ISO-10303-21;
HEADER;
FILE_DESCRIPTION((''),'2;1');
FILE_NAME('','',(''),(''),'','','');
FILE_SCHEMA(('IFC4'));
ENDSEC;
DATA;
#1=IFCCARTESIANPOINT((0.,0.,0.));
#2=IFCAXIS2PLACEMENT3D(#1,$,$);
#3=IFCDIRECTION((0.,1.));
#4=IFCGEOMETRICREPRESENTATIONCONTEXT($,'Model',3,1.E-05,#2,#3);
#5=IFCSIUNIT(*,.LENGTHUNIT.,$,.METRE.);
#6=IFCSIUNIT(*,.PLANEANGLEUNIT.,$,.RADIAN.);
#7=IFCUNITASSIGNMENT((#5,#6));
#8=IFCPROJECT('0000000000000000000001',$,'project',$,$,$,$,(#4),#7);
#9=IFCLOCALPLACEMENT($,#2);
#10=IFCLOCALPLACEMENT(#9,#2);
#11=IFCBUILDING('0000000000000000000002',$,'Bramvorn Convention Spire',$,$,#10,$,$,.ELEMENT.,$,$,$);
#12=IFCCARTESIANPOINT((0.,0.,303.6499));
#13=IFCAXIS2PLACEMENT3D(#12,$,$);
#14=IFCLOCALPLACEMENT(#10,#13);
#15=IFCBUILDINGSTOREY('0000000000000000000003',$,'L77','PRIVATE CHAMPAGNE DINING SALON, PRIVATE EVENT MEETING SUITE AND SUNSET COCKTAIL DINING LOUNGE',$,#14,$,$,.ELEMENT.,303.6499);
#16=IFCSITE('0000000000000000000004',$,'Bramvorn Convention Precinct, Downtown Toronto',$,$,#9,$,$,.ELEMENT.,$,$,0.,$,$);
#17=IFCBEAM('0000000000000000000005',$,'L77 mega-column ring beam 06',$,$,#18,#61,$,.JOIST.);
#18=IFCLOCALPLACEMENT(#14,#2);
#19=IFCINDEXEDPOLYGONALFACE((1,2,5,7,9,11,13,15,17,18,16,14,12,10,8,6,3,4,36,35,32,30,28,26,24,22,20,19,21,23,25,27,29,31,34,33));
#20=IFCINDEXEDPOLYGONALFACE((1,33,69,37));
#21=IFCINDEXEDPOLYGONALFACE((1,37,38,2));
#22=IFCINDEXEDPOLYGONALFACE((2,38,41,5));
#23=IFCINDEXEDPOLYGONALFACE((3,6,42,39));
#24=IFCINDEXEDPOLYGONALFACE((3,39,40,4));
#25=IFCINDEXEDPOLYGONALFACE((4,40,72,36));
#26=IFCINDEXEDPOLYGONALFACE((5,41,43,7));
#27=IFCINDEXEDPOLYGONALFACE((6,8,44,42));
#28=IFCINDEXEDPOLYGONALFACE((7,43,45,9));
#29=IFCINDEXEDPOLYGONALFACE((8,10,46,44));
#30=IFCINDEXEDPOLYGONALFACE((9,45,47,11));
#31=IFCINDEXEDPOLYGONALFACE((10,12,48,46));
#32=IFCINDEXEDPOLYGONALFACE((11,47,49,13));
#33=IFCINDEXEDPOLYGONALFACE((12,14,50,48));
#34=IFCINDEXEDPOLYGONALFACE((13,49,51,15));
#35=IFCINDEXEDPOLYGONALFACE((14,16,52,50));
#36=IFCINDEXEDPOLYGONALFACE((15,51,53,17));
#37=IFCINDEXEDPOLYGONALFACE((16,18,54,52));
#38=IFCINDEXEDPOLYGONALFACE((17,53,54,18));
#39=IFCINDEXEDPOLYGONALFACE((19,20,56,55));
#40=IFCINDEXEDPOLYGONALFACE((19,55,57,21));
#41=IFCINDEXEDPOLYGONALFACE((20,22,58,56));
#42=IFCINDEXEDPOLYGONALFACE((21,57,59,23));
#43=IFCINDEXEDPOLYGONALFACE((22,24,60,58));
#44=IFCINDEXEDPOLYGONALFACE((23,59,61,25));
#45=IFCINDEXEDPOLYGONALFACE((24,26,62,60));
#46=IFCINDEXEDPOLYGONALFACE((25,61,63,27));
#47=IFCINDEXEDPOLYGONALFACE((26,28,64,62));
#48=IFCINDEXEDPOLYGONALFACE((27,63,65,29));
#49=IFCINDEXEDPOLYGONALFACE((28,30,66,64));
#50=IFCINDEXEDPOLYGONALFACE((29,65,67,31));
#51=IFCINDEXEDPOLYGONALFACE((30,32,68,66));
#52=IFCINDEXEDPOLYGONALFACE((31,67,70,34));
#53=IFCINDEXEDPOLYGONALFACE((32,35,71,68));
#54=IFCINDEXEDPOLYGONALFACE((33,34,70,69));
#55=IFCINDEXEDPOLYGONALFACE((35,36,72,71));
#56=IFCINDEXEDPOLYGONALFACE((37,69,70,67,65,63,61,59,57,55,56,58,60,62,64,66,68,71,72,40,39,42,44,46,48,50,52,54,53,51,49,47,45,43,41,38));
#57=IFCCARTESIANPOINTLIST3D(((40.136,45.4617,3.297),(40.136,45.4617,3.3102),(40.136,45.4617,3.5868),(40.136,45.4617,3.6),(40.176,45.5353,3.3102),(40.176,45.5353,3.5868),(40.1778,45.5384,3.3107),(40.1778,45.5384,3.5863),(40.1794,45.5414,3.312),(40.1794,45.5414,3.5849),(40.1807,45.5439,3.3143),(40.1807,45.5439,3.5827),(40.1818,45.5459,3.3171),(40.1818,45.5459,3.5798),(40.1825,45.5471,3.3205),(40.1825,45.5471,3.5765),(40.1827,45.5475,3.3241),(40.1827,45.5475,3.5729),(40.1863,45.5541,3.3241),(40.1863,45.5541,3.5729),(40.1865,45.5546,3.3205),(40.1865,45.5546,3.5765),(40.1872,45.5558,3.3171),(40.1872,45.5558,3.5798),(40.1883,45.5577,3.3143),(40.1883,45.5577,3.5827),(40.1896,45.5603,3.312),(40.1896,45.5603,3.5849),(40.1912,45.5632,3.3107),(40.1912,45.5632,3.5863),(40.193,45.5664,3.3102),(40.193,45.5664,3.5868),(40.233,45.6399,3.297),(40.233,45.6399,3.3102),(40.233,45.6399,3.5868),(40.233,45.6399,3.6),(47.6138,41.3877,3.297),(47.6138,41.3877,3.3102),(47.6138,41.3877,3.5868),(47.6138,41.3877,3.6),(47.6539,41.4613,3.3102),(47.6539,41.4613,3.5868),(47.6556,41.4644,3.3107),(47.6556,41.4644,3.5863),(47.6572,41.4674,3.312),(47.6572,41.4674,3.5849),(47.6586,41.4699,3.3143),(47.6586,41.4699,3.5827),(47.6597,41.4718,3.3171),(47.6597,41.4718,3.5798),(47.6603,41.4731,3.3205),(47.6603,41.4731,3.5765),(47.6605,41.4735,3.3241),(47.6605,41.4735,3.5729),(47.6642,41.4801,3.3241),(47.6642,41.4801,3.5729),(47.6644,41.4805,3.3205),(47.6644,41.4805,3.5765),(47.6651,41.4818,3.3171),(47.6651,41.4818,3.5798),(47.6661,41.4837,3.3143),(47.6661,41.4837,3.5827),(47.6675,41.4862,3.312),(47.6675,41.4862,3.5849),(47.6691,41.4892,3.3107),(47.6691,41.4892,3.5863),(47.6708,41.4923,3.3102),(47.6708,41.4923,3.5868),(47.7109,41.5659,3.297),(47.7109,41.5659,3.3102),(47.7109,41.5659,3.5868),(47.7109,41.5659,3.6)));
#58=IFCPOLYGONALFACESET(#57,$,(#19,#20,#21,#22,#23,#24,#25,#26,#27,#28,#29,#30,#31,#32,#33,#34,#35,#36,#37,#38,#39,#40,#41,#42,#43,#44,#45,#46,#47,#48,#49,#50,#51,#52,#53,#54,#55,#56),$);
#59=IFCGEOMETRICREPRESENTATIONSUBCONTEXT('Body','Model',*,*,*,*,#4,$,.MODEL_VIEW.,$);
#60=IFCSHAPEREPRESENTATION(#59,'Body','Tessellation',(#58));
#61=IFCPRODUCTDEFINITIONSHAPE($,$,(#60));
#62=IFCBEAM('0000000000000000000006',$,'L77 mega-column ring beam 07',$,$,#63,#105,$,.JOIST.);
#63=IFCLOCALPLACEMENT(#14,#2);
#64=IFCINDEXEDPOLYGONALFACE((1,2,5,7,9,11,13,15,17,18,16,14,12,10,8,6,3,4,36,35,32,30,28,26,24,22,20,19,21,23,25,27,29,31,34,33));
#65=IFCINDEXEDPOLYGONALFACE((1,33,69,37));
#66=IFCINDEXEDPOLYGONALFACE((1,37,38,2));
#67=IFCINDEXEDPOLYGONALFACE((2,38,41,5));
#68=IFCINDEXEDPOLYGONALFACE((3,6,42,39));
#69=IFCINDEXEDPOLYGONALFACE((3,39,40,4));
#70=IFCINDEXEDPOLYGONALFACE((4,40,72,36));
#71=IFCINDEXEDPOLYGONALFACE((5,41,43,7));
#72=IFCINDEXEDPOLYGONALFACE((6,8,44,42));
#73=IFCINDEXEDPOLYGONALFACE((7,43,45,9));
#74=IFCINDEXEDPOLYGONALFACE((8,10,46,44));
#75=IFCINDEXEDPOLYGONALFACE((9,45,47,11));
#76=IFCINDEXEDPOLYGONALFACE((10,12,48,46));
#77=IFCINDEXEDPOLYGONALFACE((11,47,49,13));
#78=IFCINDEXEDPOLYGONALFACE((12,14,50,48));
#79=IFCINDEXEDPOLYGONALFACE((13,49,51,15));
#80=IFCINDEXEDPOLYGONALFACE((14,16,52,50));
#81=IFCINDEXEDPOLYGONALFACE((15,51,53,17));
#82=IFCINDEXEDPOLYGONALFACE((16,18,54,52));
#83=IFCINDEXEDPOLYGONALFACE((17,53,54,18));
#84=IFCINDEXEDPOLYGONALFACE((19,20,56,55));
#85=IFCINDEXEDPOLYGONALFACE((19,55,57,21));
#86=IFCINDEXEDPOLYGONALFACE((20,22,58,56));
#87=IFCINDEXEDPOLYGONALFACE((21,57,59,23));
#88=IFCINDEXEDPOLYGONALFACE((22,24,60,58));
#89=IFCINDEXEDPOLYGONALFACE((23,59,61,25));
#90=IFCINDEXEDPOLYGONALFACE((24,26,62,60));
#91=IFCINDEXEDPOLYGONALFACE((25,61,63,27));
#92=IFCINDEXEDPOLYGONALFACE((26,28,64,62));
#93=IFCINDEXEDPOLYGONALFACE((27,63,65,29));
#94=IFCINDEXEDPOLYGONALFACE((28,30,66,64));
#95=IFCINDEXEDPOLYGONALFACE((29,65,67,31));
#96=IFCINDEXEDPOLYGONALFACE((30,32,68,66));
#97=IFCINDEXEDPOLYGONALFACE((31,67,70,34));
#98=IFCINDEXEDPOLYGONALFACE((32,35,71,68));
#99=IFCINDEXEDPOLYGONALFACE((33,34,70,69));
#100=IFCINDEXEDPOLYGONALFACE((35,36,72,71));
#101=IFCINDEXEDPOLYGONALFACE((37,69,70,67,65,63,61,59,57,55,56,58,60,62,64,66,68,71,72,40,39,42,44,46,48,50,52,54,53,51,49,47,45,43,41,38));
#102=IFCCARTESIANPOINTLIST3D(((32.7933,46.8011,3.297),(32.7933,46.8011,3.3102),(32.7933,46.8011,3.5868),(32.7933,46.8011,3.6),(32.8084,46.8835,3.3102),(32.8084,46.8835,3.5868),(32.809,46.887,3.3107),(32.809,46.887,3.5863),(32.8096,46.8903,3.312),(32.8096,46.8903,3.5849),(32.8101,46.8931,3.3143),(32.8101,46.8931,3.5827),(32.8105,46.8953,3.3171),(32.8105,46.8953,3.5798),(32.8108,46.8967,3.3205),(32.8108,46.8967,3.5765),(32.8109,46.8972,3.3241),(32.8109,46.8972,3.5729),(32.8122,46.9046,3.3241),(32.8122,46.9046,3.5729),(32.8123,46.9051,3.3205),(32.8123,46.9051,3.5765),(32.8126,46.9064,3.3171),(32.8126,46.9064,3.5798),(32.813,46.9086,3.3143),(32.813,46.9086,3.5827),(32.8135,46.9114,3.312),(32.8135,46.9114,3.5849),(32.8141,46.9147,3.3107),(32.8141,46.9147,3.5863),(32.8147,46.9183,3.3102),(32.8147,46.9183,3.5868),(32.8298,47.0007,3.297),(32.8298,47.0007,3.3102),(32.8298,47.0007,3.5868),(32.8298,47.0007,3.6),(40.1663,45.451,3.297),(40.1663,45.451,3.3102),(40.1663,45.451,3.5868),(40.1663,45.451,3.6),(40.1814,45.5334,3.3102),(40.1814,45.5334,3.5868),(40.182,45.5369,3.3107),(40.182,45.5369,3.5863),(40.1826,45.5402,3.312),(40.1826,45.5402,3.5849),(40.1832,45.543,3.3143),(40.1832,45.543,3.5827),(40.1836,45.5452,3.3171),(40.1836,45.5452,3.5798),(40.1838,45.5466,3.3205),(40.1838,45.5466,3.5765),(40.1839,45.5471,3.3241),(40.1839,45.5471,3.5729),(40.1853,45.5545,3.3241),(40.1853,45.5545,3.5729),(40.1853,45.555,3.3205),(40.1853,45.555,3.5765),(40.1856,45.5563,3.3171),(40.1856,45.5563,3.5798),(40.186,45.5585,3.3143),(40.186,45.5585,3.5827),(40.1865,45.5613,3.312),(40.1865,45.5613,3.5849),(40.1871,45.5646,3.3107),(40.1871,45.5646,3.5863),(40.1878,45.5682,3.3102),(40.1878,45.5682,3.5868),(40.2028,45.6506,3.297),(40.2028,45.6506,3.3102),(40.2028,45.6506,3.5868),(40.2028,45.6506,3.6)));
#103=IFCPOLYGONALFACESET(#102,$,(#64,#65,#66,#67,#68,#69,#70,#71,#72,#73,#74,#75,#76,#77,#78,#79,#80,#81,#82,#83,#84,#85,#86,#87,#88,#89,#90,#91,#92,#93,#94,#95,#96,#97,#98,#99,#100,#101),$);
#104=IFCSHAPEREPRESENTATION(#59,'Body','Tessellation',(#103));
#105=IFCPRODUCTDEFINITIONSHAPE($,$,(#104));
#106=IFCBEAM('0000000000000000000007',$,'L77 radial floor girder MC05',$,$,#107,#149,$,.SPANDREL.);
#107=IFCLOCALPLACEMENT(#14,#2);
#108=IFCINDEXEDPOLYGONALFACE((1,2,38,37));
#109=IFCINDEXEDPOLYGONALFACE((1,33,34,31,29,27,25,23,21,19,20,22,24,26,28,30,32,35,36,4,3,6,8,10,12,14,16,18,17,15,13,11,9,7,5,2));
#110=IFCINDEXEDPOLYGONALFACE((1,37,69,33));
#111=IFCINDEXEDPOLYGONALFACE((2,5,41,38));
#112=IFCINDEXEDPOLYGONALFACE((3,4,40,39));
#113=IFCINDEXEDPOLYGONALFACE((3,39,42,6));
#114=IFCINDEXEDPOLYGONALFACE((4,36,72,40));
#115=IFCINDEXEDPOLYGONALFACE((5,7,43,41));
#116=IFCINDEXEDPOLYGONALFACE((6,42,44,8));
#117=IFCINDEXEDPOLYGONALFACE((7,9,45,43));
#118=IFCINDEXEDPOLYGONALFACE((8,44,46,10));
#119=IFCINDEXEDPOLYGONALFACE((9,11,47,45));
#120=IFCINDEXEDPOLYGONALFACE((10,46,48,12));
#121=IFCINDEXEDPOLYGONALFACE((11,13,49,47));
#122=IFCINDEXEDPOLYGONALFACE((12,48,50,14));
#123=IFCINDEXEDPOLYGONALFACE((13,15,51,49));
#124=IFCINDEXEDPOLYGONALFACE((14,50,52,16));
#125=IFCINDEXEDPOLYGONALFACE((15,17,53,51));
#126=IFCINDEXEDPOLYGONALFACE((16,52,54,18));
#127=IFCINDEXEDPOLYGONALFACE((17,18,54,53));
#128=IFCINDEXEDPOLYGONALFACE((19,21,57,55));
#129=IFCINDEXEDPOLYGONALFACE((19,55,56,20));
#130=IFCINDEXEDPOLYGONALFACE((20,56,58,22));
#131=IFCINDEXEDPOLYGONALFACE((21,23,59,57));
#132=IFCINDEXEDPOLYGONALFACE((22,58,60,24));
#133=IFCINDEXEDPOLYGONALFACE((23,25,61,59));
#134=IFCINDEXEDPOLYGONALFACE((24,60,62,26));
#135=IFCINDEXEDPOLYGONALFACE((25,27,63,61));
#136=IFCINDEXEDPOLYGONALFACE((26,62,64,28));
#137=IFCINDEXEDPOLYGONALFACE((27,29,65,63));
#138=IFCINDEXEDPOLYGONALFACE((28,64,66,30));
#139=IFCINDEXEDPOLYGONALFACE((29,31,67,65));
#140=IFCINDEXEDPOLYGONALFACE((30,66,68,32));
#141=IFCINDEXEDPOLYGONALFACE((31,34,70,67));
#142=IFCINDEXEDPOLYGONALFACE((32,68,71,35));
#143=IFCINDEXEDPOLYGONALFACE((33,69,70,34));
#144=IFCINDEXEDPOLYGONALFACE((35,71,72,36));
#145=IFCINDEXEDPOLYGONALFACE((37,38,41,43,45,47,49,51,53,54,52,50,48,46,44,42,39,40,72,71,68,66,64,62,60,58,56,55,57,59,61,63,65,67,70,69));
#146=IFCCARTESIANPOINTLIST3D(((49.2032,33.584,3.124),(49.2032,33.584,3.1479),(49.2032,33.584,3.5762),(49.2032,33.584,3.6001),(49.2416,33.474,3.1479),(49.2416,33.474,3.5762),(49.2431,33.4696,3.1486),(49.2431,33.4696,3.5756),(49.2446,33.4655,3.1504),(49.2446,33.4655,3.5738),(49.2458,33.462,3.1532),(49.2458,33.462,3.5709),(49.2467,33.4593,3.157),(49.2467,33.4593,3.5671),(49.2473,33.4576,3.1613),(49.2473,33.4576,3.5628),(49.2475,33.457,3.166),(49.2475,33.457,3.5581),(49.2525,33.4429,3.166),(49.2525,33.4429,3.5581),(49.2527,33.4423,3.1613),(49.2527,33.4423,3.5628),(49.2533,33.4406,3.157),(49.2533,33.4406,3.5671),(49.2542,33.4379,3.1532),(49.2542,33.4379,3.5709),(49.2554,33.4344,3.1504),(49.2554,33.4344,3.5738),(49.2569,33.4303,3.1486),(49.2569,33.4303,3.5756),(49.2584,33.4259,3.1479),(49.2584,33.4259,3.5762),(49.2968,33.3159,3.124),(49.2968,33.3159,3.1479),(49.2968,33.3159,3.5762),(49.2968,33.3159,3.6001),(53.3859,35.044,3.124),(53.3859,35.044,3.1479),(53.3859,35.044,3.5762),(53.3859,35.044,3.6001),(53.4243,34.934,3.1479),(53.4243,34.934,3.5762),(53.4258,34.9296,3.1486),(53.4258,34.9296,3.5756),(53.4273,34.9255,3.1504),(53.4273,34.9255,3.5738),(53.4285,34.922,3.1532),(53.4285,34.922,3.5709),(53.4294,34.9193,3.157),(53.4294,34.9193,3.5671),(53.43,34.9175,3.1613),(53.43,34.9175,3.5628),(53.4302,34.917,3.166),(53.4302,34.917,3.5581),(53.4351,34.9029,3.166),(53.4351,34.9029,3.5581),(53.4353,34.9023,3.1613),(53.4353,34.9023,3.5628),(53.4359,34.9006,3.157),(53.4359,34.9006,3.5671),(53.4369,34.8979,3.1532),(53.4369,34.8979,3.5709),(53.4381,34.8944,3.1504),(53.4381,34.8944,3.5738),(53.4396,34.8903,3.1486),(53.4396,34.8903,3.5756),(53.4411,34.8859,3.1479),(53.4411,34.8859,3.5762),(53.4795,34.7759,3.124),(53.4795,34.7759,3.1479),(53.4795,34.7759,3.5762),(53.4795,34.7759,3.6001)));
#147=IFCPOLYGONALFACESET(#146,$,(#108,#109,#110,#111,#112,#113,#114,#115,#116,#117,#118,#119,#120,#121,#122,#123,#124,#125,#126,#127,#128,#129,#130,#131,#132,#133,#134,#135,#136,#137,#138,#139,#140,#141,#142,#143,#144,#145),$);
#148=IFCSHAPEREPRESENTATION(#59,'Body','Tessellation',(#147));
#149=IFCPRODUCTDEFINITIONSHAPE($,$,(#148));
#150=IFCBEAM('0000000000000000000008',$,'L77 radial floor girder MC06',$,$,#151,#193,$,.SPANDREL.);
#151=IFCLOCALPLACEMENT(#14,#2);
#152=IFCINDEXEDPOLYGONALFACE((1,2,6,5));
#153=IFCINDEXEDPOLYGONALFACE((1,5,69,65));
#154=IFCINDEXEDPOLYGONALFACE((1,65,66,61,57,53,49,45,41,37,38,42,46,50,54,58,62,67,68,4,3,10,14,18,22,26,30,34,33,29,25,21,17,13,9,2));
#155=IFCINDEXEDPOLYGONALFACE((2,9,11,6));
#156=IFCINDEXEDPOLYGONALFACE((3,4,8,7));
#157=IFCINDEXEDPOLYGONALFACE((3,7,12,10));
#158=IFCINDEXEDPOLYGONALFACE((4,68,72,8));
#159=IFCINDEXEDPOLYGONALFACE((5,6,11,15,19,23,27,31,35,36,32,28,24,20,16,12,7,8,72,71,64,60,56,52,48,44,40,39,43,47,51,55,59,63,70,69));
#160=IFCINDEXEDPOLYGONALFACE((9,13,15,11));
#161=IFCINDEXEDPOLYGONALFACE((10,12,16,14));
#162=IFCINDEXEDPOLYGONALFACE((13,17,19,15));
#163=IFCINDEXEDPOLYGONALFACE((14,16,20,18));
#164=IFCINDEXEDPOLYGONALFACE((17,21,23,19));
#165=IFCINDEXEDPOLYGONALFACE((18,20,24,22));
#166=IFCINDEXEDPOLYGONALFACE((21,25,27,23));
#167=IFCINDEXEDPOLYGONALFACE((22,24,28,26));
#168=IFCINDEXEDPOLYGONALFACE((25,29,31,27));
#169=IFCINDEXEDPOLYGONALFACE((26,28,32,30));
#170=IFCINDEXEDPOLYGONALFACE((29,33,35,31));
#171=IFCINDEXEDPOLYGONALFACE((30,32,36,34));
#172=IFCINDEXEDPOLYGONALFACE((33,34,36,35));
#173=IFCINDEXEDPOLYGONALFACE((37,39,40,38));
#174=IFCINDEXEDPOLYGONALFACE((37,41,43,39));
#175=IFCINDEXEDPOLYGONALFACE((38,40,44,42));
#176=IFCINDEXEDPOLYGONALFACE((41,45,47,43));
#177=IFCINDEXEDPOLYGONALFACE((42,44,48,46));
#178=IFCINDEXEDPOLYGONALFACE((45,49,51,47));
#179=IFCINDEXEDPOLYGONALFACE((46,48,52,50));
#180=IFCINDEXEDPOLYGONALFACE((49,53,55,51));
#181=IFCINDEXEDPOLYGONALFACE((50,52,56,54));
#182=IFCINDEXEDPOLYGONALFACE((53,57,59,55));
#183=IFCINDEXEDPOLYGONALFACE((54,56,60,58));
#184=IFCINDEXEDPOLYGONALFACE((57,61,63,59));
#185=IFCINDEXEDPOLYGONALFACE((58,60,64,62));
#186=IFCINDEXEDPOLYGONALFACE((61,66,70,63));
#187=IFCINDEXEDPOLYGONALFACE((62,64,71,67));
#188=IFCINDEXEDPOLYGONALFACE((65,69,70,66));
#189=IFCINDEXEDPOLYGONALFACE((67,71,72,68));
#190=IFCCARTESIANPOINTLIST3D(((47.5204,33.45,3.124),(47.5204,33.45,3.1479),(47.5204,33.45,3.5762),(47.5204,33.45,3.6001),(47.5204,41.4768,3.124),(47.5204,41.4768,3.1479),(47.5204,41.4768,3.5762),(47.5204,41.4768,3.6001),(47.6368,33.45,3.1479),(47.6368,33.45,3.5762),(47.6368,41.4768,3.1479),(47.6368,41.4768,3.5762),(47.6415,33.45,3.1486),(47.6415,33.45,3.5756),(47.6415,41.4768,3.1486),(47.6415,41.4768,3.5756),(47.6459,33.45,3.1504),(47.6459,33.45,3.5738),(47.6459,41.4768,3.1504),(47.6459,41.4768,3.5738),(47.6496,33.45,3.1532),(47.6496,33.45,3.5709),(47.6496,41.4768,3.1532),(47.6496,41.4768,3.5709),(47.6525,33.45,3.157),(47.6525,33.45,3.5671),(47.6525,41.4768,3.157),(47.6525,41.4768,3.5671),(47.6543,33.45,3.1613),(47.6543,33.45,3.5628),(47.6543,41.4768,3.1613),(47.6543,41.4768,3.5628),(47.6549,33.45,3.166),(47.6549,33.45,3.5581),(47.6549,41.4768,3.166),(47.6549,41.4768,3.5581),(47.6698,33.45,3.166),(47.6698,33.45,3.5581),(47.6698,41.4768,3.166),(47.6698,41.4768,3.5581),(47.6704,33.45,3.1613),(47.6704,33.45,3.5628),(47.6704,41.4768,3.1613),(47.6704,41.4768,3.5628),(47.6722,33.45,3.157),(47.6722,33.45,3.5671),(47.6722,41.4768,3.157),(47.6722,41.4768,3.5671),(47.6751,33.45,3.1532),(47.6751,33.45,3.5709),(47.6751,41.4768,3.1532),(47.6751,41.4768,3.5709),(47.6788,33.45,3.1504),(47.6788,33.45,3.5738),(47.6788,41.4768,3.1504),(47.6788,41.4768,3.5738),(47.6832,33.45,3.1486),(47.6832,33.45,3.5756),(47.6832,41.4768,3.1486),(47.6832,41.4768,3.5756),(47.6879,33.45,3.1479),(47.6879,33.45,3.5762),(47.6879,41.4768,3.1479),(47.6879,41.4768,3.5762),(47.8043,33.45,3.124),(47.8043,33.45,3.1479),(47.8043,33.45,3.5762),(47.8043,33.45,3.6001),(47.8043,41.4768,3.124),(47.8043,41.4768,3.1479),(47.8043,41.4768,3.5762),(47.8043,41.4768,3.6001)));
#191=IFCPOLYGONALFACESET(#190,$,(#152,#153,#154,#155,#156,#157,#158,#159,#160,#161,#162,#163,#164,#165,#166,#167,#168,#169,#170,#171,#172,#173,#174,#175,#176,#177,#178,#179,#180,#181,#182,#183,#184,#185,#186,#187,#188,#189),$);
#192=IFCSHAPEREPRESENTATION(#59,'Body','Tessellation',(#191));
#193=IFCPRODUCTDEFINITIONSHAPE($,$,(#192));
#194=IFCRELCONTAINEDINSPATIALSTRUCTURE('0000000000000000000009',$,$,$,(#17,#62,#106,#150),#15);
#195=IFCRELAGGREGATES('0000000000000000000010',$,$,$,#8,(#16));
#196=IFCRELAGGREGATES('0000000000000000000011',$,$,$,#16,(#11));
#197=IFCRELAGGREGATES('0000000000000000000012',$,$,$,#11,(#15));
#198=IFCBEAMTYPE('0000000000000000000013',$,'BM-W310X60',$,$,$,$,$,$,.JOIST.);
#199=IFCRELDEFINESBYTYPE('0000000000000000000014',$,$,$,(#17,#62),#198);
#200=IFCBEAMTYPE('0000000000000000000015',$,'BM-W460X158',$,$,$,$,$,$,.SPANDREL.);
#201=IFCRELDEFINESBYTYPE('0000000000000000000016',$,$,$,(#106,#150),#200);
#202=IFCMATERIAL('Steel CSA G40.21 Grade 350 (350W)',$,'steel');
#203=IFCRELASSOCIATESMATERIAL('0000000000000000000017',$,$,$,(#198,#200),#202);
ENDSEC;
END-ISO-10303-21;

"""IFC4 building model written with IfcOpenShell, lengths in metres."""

from ifc_helpers import new_model, si_unit, direction, frame, origin, origin_2d, place, context, subcontext, project, spatial, i_section, extrude, material, material_profile, profile_set, type_object, element, save


model = new_model("IFC4")

# Units and contexts
model_context = context("Model", 3, precision=1e-05, world=origin(), true_north=direction((0.0, 1.0)))
body_context = subcontext(model_context, "Body", "Model", "MODEL_VIEW")
ifc_project = project(units=[si_unit("LENGTHUNIT", "METRE"), si_unit("PLANEANGLEUNIT", "RADIAN")], contexts=[model_context])

# Site, building, storey
site_placement = place(None, origin())
site = spatial("IfcSite", under=ifc_project, at=site_placement, Name="Bramvorn Convention Precinct, Downtown Toronto", CompositionType="ELEMENT", RefElevation=0.0)
building_placement = place(site_placement, origin())
building = spatial("IfcBuilding", under=site, at=building_placement, Name="Bramvorn Convention Spire", CompositionType="ELEMENT")
storey_placement = place(building_placement, frame((0.0, 0.0, 303.6499)))
storey = spatial("IfcBuildingStorey", under=building, at=storey_placement, Name="L77", Description="PRIVATE CHAMPAGNE DINING SALON, PRIVATE EVENT MEETING SUITE AND SUNSET COCKTAIL DINING LOUNGE", CompositionType="ELEMENT", Elevation=303.6499)

# Shared definitions
ifc_material_1 = material(Name="Steel CSA G40.21 Grade 350 (350W)", Category="steel")

# Beams
ifc_material_profile_1 = material_profile(ifc_material_1, i_section(OverallWidth=0.2029, OverallDepth=0.303, WebThickness=0.0076, FlangeThickness=0.0132, FilletRadius=0.0139, at=origin_2d()))
ifc_profile_set_1 = profile_set([ifc_material_profile_1], Name="Steel CSA G40.21 Grade 350 (350W) - W310X60")
beam_type_1 = type_object("IfcBeamType", Name="BM-W310X60", PredefinedType="JOIST", material=ifc_profile_set_1)
beam_1_placement = place(storey_placement, frame((47.6624, 41.4768, 3.4485), z_axis=(-0.878133, 0.478416, 0.0), x_axis=(-0.478416, -0.878133, 0.0)))
element("IfcBeam", 1, at=beam_1_placement, inside=storey, type_object=beam_type_1, Name="L77 mega-column ring beam 06", PredefinedType="JOIST", context=body_context, shape_type="SweptSolid", body=[
    extrude(i_section(OverallWidth=0.2029, OverallDepth=0.303, WebThickness=0.0076, FlangeThickness=0.0132, FilletRadius=0.0139, at=origin_2d()), origin(), (0.0, 0.0, 1.0), 8.5156),
])
beam_2_placement = place(storey_placement, frame((40.1846, 45.5508, 3.4485), z_axis=(-0.983645, 0.180118, 0.0), x_axis=(-0.180118, -0.983645, 0.0)))
element("IfcBeam", 2, at=beam_2_placement, inside=storey, type_object=beam_type_1, Name="L77 mega-column ring beam 07", PredefinedType="JOIST", context=body_context, shape_type="SweptSolid", body=[
    extrude(i_section(OverallWidth=0.2029, OverallDepth=0.303, WebThickness=0.0076, FlangeThickness=0.0132, FilletRadius=0.0139, at=origin_2d()), origin(), (0.0, 0.0, 1.0), 7.4956),
])
ifc_material_profile_2 = material_profile(ifc_material_1, i_section(OverallWidth=0.2839, OverallDepth=0.4761, WebThickness=0.0149, FlangeThickness=0.0239, FilletRadius=0.0181, at=origin_2d()))
ifc_profile_set_2 = profile_set([ifc_material_profile_2], Name="Steel CSA G40.21 Grade 350 (350W) - W460X158")
beam_type_2 = type_object("IfcBeamType", Name="BM-W460X158", PredefinedType="SPANDREL", material=ifc_profile_set_2)
beam_3_placement = place(storey_placement, frame((49.25, 33.45, 3.3621), z_axis=(0.944136, 0.329555, 0.0), x_axis=(-0.329555, 0.944136, 0.0)))
element("IfcBeam", 3, at=beam_3_placement, inside=storey, type_object=beam_type_2, Name="L77 radial floor girder MC05", PredefinedType="SPANDREL", context=body_context, shape_type="SweptSolid", body=[
    extrude(i_section(OverallWidth=0.2839, OverallDepth=0.4761, WebThickness=0.0149, FlangeThickness=0.0239, FilletRadius=0.0181, at=origin_2d()), origin(), (0.0, 0.0, 1.0), 4.4302),
])
beam_4_placement = place(storey_placement, frame((47.6624, 33.45, 3.3621), z_axis=(0.0, 1.0, 0.0), x_axis=(-1.0, 0.0, 0.0)))
element("IfcBeam", 4, at=beam_4_placement, inside=storey, type_object=beam_type_2, Name="L77 radial floor girder MC06", PredefinedType="SPANDREL", context=body_context, shape_type="SweptSolid", body=[
    extrude(i_section(OverallWidth=0.2839, OverallDepth=0.4761, WebThickness=0.0149, FlangeThickness=0.0239, FilletRadius=0.0181, at=origin_2d()), origin(), (0.0, 0.0, 1.0), 8.0269),
])

save(model, "model.ifc")
